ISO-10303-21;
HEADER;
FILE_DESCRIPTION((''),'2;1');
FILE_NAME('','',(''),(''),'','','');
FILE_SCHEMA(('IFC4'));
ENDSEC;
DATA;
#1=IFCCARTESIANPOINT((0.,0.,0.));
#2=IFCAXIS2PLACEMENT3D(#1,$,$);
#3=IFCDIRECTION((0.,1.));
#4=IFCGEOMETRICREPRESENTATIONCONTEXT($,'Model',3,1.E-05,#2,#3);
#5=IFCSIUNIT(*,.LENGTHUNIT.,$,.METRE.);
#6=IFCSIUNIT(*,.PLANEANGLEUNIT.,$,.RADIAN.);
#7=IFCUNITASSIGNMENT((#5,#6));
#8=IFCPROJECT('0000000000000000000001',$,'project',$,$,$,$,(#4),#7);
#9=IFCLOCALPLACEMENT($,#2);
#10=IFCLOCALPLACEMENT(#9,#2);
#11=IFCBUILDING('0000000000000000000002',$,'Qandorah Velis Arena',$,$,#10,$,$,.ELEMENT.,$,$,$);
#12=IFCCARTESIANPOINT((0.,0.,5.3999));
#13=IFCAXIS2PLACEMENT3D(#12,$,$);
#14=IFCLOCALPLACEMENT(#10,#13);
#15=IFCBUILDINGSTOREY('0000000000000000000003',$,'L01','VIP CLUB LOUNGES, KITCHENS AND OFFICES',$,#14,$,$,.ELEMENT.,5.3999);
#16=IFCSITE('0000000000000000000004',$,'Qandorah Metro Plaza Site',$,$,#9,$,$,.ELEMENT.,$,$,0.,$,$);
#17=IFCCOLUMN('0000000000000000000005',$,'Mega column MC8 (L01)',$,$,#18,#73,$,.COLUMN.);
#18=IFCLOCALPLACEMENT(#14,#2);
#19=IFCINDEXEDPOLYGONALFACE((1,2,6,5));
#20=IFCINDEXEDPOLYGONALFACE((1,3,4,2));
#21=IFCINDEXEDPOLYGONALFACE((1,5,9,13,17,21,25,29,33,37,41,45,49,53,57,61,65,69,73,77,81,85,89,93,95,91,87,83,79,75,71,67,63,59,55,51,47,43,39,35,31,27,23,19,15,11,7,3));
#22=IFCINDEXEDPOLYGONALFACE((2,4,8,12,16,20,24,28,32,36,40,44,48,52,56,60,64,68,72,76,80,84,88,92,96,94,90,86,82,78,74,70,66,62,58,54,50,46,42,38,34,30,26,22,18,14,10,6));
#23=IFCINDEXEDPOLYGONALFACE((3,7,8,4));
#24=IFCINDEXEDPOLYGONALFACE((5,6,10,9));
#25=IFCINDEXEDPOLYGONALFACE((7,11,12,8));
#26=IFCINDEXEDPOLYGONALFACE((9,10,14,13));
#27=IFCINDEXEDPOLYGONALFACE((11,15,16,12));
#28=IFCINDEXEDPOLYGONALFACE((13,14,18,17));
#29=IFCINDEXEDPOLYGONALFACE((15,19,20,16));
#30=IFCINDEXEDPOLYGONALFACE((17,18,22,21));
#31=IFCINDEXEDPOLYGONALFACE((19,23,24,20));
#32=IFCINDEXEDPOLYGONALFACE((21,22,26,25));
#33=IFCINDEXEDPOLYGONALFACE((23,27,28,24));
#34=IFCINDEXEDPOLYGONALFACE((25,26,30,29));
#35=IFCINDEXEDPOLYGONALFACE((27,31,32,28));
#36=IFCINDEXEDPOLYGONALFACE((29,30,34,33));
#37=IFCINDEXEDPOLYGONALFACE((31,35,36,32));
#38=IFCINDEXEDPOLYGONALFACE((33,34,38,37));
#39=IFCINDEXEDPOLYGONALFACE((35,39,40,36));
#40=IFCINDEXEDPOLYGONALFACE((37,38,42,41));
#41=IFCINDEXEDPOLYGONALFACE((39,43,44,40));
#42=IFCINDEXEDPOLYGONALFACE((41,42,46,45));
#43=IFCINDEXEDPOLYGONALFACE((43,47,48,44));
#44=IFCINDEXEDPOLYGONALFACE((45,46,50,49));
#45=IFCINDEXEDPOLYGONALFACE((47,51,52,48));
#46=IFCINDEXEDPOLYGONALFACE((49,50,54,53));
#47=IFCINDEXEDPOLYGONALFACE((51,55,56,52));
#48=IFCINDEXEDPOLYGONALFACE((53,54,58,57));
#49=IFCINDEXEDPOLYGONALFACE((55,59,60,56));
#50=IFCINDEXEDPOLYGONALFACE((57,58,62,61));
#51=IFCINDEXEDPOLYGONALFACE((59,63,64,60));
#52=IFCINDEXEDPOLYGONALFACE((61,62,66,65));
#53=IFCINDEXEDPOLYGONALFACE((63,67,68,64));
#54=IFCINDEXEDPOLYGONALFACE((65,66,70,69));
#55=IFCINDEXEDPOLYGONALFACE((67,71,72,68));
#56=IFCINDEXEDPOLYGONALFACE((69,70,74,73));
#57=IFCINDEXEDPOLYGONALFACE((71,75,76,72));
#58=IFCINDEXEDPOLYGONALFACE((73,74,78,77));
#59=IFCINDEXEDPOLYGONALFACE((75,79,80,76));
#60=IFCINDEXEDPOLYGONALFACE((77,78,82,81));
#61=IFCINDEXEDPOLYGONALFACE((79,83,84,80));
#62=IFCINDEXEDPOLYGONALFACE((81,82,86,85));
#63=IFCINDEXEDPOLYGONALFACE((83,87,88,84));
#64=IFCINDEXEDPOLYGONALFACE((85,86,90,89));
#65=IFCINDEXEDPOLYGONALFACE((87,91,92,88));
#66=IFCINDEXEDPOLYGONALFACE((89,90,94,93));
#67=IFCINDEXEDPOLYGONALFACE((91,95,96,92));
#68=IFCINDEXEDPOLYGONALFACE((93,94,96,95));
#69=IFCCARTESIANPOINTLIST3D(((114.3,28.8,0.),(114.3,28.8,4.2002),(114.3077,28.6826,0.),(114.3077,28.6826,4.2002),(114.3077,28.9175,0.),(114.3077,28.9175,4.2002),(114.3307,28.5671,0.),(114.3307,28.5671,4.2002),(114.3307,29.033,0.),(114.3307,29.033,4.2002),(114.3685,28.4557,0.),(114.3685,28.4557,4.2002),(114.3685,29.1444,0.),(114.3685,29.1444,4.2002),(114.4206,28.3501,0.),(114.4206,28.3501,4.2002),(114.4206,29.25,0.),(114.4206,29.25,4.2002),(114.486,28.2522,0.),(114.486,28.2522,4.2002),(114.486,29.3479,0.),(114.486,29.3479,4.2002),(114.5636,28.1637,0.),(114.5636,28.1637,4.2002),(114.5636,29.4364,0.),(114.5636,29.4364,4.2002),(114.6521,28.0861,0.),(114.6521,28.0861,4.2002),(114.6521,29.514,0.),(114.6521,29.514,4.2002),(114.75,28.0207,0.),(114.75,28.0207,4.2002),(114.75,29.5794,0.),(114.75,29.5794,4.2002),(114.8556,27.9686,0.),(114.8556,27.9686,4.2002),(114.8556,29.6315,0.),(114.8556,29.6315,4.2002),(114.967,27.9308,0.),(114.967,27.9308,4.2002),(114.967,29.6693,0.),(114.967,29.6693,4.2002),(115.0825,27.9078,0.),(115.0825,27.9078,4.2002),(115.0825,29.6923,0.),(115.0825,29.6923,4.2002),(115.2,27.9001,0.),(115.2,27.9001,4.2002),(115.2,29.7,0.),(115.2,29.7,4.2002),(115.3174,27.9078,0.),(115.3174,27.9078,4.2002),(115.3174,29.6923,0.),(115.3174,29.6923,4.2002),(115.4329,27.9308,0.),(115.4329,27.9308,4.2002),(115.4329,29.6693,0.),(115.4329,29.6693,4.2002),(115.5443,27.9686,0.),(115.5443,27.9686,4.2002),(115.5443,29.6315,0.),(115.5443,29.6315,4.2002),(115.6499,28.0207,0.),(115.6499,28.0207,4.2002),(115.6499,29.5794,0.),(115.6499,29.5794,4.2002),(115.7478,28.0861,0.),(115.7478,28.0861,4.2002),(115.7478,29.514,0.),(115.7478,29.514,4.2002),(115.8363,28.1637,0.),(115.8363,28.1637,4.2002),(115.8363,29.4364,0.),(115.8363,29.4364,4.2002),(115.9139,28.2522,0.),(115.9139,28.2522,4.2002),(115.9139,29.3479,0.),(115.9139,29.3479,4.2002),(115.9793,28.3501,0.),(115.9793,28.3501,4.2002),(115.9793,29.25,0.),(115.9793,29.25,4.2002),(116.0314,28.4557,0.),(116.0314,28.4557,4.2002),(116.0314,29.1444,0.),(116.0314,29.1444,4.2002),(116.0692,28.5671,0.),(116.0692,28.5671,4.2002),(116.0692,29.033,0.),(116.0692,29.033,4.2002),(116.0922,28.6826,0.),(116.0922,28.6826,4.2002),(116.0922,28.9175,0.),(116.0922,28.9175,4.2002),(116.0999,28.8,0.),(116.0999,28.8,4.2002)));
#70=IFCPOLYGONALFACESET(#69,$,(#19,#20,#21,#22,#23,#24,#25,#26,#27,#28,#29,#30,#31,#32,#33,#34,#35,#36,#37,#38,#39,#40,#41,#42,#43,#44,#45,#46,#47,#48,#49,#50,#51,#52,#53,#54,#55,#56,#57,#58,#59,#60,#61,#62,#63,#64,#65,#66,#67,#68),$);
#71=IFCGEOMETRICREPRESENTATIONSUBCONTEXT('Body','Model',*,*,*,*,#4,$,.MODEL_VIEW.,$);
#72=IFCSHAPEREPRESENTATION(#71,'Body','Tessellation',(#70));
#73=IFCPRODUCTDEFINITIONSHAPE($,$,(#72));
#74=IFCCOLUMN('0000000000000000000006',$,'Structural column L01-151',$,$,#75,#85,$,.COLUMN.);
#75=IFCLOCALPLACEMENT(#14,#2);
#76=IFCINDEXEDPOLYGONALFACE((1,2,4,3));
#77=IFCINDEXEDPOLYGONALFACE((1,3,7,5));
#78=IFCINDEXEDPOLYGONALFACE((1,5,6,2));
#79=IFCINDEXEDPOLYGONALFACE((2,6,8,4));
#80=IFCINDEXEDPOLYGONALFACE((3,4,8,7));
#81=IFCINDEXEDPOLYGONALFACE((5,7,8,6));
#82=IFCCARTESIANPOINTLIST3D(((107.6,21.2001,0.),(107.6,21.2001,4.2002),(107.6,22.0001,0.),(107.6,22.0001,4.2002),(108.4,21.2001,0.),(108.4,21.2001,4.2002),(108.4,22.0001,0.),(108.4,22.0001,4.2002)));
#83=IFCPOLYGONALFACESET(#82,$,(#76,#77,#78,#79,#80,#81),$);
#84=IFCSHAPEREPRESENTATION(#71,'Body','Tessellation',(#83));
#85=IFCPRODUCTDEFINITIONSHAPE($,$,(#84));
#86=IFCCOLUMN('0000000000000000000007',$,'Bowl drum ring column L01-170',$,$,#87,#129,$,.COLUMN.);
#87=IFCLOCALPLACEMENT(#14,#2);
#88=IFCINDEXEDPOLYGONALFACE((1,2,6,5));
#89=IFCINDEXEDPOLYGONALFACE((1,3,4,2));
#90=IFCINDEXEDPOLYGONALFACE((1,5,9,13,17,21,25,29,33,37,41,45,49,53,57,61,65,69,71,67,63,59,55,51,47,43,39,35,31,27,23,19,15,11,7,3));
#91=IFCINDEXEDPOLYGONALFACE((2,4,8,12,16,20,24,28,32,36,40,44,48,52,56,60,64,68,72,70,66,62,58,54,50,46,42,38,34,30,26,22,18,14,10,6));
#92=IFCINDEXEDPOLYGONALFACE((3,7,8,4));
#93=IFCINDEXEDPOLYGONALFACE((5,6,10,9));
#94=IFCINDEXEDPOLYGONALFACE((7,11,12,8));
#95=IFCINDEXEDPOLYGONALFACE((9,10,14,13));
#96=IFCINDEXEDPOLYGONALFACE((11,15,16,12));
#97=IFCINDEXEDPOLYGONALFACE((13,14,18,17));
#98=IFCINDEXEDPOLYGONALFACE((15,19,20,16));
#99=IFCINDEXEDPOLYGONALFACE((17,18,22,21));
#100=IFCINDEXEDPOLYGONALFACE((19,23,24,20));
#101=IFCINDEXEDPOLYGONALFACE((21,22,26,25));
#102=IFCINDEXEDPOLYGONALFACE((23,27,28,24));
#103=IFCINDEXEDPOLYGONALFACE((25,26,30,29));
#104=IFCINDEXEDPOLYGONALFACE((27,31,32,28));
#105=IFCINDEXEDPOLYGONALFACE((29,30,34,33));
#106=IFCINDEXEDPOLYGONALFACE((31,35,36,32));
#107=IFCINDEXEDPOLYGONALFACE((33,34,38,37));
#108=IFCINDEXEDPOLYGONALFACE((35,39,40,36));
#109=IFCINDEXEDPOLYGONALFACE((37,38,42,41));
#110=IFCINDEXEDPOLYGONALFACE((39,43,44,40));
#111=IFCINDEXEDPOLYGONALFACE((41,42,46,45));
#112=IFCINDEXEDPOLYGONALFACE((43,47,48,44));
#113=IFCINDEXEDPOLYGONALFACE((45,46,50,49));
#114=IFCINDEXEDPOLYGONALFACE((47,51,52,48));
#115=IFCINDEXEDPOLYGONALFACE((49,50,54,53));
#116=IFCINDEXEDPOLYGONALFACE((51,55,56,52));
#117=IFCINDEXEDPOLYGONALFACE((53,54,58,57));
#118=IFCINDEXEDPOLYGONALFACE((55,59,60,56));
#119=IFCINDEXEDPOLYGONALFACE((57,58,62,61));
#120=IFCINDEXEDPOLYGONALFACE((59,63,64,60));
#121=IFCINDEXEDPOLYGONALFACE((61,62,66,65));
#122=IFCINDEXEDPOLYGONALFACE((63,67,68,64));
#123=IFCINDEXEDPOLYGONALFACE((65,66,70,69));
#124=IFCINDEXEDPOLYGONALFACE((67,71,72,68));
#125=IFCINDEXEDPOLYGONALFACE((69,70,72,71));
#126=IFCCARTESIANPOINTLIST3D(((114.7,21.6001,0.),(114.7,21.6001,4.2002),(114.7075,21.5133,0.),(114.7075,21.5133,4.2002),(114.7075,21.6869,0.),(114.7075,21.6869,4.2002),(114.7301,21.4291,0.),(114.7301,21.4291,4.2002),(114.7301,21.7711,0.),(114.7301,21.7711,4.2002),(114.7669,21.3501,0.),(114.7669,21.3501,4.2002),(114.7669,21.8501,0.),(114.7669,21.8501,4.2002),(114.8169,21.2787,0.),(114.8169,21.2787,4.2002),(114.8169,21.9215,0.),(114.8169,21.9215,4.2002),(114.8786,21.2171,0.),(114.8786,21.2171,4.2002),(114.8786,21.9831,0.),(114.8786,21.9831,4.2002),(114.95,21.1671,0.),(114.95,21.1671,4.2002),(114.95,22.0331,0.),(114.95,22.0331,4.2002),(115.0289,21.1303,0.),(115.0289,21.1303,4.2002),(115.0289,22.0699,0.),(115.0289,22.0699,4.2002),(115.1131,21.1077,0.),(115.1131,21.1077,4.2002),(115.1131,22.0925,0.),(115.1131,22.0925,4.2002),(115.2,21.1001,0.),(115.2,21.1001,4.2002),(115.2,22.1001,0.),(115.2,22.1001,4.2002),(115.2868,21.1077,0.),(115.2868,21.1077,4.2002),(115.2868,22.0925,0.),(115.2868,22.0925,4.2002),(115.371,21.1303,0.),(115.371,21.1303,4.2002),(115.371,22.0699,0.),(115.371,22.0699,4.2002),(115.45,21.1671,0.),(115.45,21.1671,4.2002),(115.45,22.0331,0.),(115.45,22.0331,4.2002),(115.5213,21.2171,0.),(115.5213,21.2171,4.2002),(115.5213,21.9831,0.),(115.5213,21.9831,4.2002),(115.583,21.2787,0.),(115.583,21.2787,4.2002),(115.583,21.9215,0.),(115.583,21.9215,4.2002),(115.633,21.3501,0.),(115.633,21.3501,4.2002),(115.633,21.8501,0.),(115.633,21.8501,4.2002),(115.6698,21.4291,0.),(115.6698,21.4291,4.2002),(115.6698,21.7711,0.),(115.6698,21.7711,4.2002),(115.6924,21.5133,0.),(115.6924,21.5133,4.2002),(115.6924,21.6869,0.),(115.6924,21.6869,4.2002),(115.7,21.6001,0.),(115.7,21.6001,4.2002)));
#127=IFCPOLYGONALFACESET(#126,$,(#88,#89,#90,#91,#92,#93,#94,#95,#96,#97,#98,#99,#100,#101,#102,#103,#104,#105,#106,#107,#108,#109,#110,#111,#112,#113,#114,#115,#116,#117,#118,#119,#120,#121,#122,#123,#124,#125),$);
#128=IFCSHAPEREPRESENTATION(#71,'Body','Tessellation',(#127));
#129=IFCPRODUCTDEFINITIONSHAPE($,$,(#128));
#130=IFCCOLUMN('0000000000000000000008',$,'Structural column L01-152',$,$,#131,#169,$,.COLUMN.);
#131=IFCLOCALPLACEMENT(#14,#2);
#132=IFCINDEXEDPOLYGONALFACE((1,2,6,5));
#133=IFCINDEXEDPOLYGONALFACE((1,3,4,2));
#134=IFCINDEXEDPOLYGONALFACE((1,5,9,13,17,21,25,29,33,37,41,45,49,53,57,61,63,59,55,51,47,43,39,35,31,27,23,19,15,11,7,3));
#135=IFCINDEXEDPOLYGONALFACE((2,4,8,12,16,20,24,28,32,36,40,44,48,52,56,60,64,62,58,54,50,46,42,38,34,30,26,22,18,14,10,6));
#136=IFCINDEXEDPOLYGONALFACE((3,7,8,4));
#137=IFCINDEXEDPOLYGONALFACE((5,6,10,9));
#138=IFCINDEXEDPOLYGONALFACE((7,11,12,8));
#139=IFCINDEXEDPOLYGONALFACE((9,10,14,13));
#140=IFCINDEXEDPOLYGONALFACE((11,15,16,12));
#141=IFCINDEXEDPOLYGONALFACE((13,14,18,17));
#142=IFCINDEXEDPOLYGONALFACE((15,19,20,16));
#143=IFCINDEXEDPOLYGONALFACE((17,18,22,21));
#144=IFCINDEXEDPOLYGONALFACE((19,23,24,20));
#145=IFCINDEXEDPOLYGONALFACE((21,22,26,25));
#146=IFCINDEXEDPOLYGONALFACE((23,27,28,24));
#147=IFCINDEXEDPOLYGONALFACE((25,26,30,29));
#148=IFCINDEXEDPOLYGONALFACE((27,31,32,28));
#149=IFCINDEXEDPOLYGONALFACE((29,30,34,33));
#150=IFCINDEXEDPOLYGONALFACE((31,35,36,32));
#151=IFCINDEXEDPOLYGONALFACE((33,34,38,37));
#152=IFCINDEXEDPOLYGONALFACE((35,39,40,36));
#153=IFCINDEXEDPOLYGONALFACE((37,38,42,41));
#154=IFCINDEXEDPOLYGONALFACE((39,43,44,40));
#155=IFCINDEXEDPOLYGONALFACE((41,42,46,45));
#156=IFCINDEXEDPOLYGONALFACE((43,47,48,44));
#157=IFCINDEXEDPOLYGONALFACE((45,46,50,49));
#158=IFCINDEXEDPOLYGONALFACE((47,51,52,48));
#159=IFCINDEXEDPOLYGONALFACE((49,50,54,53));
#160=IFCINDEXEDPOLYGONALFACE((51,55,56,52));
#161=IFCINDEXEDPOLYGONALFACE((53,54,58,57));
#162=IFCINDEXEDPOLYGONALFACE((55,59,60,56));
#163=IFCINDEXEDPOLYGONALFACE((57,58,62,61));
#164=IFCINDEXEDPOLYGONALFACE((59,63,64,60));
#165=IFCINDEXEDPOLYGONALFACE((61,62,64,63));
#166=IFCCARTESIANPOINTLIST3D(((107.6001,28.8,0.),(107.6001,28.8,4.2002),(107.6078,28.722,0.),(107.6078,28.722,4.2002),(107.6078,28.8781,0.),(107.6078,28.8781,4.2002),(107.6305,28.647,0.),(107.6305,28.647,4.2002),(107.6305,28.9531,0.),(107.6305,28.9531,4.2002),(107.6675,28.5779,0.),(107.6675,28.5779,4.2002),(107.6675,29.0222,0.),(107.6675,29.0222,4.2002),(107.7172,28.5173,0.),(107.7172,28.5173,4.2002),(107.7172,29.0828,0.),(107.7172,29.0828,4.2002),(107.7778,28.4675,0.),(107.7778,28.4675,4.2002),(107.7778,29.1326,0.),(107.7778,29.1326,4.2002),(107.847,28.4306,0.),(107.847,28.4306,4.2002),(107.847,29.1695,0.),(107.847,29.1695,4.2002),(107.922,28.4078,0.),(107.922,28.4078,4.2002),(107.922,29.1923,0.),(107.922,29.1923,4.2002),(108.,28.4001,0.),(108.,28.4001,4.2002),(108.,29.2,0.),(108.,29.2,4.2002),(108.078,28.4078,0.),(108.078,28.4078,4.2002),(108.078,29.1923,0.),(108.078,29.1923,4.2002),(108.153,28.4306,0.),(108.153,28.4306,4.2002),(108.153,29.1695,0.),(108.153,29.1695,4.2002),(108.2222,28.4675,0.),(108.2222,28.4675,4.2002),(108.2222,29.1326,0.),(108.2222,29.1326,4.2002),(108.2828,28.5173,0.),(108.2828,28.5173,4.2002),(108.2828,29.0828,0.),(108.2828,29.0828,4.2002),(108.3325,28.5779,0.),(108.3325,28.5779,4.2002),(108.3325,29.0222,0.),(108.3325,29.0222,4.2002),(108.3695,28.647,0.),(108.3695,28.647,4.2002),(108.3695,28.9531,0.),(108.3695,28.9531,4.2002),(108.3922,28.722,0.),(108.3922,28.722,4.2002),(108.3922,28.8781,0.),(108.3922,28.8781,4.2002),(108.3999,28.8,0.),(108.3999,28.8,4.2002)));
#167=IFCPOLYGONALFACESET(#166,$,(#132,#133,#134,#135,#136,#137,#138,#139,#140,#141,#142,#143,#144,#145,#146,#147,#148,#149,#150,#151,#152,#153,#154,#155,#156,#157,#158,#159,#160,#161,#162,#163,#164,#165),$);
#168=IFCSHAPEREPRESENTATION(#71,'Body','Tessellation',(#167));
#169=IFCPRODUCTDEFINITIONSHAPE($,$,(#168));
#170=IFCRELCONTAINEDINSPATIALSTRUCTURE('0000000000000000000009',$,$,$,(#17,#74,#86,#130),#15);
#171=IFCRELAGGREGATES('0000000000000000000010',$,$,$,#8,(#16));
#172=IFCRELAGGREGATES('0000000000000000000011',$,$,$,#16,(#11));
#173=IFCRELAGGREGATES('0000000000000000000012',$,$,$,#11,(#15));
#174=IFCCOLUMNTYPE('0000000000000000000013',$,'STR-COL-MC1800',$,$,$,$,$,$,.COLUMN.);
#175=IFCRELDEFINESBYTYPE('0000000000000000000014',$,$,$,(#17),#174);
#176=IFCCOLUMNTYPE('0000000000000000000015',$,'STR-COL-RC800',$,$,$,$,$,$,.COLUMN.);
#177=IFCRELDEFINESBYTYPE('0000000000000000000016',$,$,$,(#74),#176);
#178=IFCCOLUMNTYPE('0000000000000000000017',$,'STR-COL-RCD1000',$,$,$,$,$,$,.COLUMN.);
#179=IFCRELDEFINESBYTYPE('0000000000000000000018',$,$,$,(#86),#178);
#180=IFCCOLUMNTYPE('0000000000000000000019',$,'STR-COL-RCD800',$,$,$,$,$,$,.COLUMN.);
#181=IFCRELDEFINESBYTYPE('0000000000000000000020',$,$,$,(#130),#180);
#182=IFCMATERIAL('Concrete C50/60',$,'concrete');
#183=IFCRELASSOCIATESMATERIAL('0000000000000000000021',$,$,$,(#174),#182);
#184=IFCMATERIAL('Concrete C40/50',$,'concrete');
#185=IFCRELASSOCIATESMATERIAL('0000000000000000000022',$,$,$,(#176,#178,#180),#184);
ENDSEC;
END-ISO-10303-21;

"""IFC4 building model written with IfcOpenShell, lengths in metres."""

from ifc_helpers import new_model, si_unit, direction, frame, origin, origin_2d, place, context, subcontext, project, spatial, rectangle, circle, extrude, material, material_profile, profile_set, type_object, element, save


model = new_model("IFC4")

# Units and contexts
model_context = context("Model", 3, precision=1e-05, world=origin(), true_north=direction((0.0, 1.0)))
body_context = subcontext(model_context, "Body", "Model", "MODEL_VIEW")
ifc_project = project(units=[si_unit("LENGTHUNIT", "METRE"), si_unit("PLANEANGLEUNIT", "RADIAN")], contexts=[model_context])

# Site, building, storey
site_placement = place(None, origin())
site = spatial("IfcSite", under=ifc_project, at=site_placement, Name="Qandorah Metro Plaza Site", CompositionType="ELEMENT", RefElevation=0.0)
building_placement = place(site_placement, origin())
building = spatial("IfcBuilding", under=site, at=building_placement, Name="Qandorah Velis Arena", CompositionType="ELEMENT")
storey_placement = place(building_placement, frame((0.0, 0.0, 5.3999)))
storey = spatial("IfcBuildingStorey", under=building, at=storey_placement, Name="L01", Description="VIP CLUB LOUNGES, KITCHENS AND OFFICES", CompositionType="ELEMENT", Elevation=5.3999)

# Columns
ifc_material_1 = material(Name="Concrete C50/60", Category="concrete")
ifc_material_profile_1 = material_profile(ifc_material_1, circle(Radius=0.8999, at=origin_2d()), Name="MC D1800")
ifc_profile_set_1 = profile_set([ifc_material_profile_1], Name="Concrete C50/60")
column_type_1 = type_object("IfcColumnType", Name="STR-COL-MC1800", PredefinedType="COLUMN", material=ifc_profile_set_1)
column_1_placement = place(storey_placement, frame((115.2, 28.8, 0.0), z_axis=(0.0, 0.0, 1.0), x_axis=(1.0, 0.0, 0.0)))
element("IfcColumn", 1, at=column_1_placement, inside=storey, type_object=column_type_1, Name="Mega column MC8 (L01)", PredefinedType="COLUMN", context=body_context, shape_type="SweptSolid", body=[
    extrude(circle(Radius=0.8999, at=origin_2d()), origin(), (0.0, 0.0, 1.0), 4.2002),
])
ifc_material_2 = material(Name="Concrete C40/50", Category="concrete")
ifc_material_profile_2 = material_profile(ifc_material_2, rectangle(XDim=0.8, YDim=0.8, at=origin_2d()), Name="RC COL 800x800")
ifc_profile_set_2 = profile_set([ifc_material_profile_2], Name="Concrete C40/50")
column_type_2 = type_object("IfcColumnType", Name="STR-COL-RC800", PredefinedType="COLUMN", material=ifc_profile_set_2)
column_2_placement = place(storey_placement, frame((108.0, 21.6001, 0.0), z_axis=(0.0, 0.0, 1.0), x_axis=(1.0, 0.0, 0.0)))
element("IfcColumn", 2, at=column_2_placement, inside=storey, type_object=column_type_2, Name="Structural column L01-151", PredefinedType="COLUMN", context=body_context, shape_type="SweptSolid", body=[
    extrude(rectangle(XDim=0.8, YDim=0.8, at=origin_2d()), origin(), (0.0, 0.0, 1.0), 4.2002),
])
ifc_material_profile_3 = material_profile(ifc_material_2, circle(Radius=0.5, at=origin_2d()), Name="RC D1000")
ifc_profile_set_3 = profile_set([ifc_material_profile_3], Name="Concrete C40/50")
column_type_3 = type_object("IfcColumnType", Name="STR-COL-RCD1000", PredefinedType="COLUMN", material=ifc_profile_set_3)
column_3_placement = place(storey_placement, frame((115.2, 21.6001, 0.0), z_axis=(0.0, 0.0, 1.0), x_axis=(1.0, 0.0, 0.0)))
element("IfcColumn", 3, at=column_3_placement, inside=storey, type_object=column_type_3, Name="Bowl drum ring column L01-170", PredefinedType="COLUMN", context=body_context, shape_type="SweptSolid", body=[
    extrude(circle(Radius=0.5, at=origin_2d()), origin(), (0.0, 0.0, 1.0), 4.2002),
])
ifc_material_profile_4 = material_profile(ifc_material_2, circle(Radius=0.3999, at=origin_2d()), Name="RC D800")
ifc_profile_set_4 = profile_set([ifc_material_profile_4], Name="Concrete C40/50")
column_type_4 = type_object("IfcColumnType", Name="STR-COL-RCD800", PredefinedType="COLUMN", material=ifc_profile_set_4)
for number, where, z_axis, x_axis, name in (
    (4, (108.0, 28.8, 0.0), (0.0, 0.0, 1.0), (1.0, 0.0, 0.0), "Structural column L01-152"),
):
    element("IfcColumn", number, at=place(storey_placement, frame(where, z_axis=z_axis, x_axis=x_axis)), inside=storey, type_object=column_type_4, Name=name, PredefinedType="COLUMN", context=body_context, shape_type="SweptSolid", body=[
        extrude(circle(Radius=0.3999, at=origin_2d()), origin(), (0.0, 0.0, 1.0), 4.2002),
    ])

save(model, "model.ifc")
